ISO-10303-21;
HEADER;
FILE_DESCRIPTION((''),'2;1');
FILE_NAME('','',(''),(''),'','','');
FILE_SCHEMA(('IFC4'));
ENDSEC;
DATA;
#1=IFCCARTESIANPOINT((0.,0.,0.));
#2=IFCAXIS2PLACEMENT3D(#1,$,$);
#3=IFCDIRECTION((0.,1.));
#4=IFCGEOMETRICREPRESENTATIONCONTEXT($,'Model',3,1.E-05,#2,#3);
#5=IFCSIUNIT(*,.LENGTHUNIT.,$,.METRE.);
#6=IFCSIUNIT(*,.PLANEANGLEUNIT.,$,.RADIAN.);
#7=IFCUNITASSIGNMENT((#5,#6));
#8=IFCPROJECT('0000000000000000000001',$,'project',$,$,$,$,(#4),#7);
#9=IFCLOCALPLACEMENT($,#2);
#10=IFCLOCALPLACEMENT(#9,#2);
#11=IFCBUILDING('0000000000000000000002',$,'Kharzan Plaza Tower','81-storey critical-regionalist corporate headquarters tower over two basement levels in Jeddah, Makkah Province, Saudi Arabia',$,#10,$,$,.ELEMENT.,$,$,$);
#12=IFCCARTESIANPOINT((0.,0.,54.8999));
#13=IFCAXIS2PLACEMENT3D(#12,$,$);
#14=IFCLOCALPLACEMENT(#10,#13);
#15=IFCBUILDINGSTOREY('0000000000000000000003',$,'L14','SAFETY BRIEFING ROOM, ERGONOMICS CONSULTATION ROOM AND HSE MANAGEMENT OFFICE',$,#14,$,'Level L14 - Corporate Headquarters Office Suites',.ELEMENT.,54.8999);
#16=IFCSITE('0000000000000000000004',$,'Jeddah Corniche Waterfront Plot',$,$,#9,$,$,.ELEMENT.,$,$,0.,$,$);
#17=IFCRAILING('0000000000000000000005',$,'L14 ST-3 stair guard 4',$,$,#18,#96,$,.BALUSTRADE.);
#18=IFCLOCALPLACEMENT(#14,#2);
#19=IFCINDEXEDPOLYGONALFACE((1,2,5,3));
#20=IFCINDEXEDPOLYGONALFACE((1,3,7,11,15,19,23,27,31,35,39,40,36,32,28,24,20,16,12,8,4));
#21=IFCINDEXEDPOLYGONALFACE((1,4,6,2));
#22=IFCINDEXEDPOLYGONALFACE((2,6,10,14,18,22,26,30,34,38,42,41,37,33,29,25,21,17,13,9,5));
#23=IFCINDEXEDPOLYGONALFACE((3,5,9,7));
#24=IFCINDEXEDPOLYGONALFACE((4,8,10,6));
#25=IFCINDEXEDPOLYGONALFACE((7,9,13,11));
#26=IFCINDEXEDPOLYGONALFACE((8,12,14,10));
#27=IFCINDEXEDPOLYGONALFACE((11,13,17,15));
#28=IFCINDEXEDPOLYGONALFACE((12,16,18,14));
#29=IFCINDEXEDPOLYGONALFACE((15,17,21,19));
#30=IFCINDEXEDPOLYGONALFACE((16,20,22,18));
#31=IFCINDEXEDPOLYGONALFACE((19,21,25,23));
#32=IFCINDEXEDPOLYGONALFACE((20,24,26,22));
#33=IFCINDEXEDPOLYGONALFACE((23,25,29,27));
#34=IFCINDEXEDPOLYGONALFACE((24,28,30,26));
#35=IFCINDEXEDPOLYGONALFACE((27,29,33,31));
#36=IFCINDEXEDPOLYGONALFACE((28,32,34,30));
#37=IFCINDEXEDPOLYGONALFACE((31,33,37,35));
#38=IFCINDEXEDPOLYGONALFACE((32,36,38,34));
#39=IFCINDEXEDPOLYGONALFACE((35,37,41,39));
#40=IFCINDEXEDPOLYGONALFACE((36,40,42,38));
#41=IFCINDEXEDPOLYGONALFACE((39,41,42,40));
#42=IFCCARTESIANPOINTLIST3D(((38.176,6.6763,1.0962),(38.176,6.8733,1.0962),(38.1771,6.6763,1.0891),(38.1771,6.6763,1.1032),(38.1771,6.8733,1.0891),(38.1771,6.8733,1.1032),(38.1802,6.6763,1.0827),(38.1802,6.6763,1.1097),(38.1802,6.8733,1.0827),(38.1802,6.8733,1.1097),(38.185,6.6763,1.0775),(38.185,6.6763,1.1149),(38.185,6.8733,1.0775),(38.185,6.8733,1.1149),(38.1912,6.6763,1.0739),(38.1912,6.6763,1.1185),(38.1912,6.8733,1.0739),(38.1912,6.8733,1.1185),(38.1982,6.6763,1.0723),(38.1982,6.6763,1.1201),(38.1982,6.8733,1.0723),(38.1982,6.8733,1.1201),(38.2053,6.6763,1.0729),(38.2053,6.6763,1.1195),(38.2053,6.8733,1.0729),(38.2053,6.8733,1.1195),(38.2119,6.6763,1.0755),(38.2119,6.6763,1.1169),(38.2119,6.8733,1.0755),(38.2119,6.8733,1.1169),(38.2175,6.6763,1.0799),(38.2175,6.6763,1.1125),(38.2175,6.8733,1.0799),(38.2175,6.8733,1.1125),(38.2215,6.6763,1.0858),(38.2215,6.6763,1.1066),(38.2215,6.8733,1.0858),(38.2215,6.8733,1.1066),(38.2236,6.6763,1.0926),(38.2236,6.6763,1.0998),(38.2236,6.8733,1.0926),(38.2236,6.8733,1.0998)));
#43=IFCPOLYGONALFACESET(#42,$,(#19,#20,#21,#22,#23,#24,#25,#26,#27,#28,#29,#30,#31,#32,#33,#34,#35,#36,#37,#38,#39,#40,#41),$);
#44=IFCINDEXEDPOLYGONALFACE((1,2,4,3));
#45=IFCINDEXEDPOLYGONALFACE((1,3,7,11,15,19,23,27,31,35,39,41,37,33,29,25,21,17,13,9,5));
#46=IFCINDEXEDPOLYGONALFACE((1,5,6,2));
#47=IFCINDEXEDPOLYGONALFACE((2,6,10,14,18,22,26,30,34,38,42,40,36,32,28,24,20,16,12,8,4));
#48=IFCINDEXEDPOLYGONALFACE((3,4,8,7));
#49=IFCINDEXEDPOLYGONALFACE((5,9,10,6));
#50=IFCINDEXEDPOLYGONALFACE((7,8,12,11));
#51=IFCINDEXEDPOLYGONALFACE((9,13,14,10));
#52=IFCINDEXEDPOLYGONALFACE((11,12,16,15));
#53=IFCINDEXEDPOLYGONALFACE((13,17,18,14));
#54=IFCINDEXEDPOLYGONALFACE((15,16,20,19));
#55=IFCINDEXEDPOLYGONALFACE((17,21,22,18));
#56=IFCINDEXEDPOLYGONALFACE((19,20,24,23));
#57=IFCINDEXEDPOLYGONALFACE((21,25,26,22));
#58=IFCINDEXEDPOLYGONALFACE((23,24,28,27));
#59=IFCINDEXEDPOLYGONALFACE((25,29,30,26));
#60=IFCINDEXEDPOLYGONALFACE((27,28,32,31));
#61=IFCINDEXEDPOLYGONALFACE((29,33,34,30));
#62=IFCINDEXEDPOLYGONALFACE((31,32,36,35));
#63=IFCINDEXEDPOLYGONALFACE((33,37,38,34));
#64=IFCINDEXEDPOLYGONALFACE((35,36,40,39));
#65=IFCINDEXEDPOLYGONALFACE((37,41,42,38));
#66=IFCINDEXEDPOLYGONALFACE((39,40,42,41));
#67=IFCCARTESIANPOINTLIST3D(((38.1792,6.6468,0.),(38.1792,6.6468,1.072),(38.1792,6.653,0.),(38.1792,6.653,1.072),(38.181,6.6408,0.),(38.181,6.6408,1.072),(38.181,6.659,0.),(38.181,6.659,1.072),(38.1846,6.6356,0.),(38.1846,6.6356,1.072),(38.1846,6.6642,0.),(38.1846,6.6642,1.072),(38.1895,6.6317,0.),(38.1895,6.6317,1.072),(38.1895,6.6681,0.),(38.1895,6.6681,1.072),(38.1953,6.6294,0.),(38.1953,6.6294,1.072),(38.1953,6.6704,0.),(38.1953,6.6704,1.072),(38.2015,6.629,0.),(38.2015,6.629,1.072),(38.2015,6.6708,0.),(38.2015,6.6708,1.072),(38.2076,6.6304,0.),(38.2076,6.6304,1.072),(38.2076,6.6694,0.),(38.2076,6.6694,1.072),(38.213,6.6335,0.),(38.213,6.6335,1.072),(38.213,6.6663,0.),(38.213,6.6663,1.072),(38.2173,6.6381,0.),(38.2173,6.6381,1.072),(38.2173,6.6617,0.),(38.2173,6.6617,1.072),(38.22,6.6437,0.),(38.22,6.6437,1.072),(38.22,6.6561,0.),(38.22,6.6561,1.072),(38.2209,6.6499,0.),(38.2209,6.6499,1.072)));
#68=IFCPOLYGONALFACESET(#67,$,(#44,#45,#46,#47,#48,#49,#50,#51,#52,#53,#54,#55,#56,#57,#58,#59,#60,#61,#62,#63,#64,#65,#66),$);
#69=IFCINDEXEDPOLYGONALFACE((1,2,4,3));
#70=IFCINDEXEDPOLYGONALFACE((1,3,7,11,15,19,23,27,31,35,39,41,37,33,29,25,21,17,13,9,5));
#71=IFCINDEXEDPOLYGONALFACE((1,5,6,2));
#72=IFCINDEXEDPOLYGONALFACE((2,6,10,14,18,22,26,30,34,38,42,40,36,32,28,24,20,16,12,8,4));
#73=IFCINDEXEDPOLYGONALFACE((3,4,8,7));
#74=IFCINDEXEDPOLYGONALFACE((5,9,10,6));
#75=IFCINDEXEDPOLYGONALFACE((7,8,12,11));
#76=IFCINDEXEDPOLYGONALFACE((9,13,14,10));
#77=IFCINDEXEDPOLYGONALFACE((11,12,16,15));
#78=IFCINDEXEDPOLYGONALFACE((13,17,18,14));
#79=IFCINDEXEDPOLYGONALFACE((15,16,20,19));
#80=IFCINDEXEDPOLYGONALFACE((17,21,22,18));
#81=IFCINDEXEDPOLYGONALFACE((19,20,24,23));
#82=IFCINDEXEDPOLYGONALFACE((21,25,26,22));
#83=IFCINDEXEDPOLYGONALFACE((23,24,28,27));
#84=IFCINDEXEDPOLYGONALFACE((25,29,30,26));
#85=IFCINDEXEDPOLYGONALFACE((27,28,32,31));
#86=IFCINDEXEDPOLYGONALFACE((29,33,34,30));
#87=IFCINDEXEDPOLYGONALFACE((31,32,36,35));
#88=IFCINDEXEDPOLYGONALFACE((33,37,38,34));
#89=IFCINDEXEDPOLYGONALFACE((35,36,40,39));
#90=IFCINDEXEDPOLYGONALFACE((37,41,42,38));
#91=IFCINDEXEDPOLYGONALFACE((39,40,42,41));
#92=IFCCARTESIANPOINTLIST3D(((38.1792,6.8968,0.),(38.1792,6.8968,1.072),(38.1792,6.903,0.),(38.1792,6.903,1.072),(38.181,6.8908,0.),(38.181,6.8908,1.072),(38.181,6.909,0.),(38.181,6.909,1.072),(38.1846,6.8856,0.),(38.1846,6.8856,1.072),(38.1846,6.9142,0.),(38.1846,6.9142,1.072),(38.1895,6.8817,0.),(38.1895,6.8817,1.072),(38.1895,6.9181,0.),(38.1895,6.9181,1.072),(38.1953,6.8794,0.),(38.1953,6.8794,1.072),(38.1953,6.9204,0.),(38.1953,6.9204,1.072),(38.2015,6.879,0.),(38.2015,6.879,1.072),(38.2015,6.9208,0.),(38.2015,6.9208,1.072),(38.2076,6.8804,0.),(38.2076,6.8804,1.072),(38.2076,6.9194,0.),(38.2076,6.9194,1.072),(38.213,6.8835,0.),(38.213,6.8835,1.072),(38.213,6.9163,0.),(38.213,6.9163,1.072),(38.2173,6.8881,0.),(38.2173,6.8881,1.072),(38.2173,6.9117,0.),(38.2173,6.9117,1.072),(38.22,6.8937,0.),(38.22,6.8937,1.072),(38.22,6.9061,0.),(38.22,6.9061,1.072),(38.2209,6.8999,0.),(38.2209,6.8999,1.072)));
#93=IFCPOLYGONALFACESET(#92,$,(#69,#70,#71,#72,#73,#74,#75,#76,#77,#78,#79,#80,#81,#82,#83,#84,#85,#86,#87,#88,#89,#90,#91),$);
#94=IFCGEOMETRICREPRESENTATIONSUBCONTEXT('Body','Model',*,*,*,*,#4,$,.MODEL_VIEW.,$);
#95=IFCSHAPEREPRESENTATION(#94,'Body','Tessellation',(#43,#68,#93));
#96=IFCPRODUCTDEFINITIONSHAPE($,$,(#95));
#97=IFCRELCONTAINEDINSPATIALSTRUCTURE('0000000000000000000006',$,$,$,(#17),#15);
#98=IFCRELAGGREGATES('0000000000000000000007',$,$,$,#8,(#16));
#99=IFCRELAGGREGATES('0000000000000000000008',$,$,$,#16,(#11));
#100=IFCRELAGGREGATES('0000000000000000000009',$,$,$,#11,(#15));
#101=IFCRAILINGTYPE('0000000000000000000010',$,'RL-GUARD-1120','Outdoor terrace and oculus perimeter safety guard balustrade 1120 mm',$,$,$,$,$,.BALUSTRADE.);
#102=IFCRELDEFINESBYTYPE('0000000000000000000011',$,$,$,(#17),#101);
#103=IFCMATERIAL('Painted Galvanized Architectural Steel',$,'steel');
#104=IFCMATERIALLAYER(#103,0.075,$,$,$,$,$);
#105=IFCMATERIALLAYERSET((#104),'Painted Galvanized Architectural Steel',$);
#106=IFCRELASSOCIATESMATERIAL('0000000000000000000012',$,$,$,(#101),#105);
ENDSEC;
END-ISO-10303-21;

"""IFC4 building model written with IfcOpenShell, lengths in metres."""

from ifc_helpers import new_model, si_unit, direction, frame, origin, origin_2d, place, context, subcontext, project, spatial, circle, extrude, source, transform, mapped, material, layer, layer_set, type_object, element, save


model = new_model("IFC4")

# Units and contexts
model_context = context("Model", 3, precision=1e-05, world=origin(), true_north=direction((0.0, 1.0)))
body_context = subcontext(model_context, "Body", "Model", "MODEL_VIEW")
ifc_project = project(units=[si_unit("LENGTHUNIT", "METRE"), si_unit("PLANEANGLEUNIT", "RADIAN")], contexts=[model_context])

# Site, building, storey
site_placement = place(None, origin())
site = spatial("IfcSite", under=ifc_project, at=site_placement, Name="Jeddah Corniche Waterfront Plot", CompositionType="ELEMENT", RefElevation=0.0)
building_placement = place(site_placement, origin())
building = spatial("IfcBuilding", under=site, at=building_placement, Name="Kharzan Plaza Tower", Description="81-storey critical-regionalist corporate headquarters tower over two basement levels in Jeddah, Makkah Province, Saudi Arabia", CompositionType="ELEMENT")
storey_placement = place(building_placement, frame((0.0, 0.0, 54.8999)))
storey = spatial("IfcBuildingStorey", under=building, at=storey_placement, Name="L14", Description="SAFETY BRIEFING ROOM, ERGONOMICS CONSULTATION ROOM AND HSE MANAGEMENT OFFICE", LongName="Level L14 - Corporate Headquarters Office Suites", CompositionType="ELEMENT", Elevation=54.8999)

# Railing
ifc_material_1 = material(Name="Painted Galvanized Architectural Steel", Category="steel")
ifc_layer_1 = layer(ifc_material_1, 0.075)
ifc_layer_set_1 = layer_set([ifc_layer_1], Name="Painted Galvanized Architectural Steel")
railing_type_1 = type_object("IfcRailingType", Name="RL-GUARD-1120", Description="Outdoor terrace and oculus perimeter safety guard balustrade 1120 mm", PredefinedType="BALUSTRADE", material=ifc_layer_set_1)
shared_shape_1 = source(origin(), body_context, "Body", "SweptSolid", [
    extrude(circle(Radius=0.0239, at=origin_2d()), frame((0.0, 0.0264, 1.0962), z_axis=(0.0, 1.0, 0.0), x_axis=(-1.0, 0.0, 0.0)), (0.0, 0.0, 1.0), 0.197),
    extrude(circle(Radius=0.021, at=origin_2d()), origin(), (0.0, 0.0, 1.0), 1.072),
    extrude(circle(Radius=0.021, at=origin_2d()), frame((0.0, 0.25, 0.0)), (0.0, 0.0, 1.0), 1.072),
])
for number, where, name in (
    (1, (38.2, 6.6499, 0.0), "L14 ST-3 stair guard 4"),
):
    element("IfcRailing", number, at=place(storey_placement, frame(where)), inside=storey, type_object=railing_type_1, Name=name, PredefinedType="BALUSTRADE", context=body_context, shape_type="MappedRepresentation", body=[
        mapped(shared_shape_1, transform((0.0, 0.0, 0.0), x_axis=(1.0, 0.0, 0.0), y_axis=(0.0, 1.0, 0.0), z_axis=(0.0, 0.0, 1.0))),
    ])

save(model, "model.ifc")
